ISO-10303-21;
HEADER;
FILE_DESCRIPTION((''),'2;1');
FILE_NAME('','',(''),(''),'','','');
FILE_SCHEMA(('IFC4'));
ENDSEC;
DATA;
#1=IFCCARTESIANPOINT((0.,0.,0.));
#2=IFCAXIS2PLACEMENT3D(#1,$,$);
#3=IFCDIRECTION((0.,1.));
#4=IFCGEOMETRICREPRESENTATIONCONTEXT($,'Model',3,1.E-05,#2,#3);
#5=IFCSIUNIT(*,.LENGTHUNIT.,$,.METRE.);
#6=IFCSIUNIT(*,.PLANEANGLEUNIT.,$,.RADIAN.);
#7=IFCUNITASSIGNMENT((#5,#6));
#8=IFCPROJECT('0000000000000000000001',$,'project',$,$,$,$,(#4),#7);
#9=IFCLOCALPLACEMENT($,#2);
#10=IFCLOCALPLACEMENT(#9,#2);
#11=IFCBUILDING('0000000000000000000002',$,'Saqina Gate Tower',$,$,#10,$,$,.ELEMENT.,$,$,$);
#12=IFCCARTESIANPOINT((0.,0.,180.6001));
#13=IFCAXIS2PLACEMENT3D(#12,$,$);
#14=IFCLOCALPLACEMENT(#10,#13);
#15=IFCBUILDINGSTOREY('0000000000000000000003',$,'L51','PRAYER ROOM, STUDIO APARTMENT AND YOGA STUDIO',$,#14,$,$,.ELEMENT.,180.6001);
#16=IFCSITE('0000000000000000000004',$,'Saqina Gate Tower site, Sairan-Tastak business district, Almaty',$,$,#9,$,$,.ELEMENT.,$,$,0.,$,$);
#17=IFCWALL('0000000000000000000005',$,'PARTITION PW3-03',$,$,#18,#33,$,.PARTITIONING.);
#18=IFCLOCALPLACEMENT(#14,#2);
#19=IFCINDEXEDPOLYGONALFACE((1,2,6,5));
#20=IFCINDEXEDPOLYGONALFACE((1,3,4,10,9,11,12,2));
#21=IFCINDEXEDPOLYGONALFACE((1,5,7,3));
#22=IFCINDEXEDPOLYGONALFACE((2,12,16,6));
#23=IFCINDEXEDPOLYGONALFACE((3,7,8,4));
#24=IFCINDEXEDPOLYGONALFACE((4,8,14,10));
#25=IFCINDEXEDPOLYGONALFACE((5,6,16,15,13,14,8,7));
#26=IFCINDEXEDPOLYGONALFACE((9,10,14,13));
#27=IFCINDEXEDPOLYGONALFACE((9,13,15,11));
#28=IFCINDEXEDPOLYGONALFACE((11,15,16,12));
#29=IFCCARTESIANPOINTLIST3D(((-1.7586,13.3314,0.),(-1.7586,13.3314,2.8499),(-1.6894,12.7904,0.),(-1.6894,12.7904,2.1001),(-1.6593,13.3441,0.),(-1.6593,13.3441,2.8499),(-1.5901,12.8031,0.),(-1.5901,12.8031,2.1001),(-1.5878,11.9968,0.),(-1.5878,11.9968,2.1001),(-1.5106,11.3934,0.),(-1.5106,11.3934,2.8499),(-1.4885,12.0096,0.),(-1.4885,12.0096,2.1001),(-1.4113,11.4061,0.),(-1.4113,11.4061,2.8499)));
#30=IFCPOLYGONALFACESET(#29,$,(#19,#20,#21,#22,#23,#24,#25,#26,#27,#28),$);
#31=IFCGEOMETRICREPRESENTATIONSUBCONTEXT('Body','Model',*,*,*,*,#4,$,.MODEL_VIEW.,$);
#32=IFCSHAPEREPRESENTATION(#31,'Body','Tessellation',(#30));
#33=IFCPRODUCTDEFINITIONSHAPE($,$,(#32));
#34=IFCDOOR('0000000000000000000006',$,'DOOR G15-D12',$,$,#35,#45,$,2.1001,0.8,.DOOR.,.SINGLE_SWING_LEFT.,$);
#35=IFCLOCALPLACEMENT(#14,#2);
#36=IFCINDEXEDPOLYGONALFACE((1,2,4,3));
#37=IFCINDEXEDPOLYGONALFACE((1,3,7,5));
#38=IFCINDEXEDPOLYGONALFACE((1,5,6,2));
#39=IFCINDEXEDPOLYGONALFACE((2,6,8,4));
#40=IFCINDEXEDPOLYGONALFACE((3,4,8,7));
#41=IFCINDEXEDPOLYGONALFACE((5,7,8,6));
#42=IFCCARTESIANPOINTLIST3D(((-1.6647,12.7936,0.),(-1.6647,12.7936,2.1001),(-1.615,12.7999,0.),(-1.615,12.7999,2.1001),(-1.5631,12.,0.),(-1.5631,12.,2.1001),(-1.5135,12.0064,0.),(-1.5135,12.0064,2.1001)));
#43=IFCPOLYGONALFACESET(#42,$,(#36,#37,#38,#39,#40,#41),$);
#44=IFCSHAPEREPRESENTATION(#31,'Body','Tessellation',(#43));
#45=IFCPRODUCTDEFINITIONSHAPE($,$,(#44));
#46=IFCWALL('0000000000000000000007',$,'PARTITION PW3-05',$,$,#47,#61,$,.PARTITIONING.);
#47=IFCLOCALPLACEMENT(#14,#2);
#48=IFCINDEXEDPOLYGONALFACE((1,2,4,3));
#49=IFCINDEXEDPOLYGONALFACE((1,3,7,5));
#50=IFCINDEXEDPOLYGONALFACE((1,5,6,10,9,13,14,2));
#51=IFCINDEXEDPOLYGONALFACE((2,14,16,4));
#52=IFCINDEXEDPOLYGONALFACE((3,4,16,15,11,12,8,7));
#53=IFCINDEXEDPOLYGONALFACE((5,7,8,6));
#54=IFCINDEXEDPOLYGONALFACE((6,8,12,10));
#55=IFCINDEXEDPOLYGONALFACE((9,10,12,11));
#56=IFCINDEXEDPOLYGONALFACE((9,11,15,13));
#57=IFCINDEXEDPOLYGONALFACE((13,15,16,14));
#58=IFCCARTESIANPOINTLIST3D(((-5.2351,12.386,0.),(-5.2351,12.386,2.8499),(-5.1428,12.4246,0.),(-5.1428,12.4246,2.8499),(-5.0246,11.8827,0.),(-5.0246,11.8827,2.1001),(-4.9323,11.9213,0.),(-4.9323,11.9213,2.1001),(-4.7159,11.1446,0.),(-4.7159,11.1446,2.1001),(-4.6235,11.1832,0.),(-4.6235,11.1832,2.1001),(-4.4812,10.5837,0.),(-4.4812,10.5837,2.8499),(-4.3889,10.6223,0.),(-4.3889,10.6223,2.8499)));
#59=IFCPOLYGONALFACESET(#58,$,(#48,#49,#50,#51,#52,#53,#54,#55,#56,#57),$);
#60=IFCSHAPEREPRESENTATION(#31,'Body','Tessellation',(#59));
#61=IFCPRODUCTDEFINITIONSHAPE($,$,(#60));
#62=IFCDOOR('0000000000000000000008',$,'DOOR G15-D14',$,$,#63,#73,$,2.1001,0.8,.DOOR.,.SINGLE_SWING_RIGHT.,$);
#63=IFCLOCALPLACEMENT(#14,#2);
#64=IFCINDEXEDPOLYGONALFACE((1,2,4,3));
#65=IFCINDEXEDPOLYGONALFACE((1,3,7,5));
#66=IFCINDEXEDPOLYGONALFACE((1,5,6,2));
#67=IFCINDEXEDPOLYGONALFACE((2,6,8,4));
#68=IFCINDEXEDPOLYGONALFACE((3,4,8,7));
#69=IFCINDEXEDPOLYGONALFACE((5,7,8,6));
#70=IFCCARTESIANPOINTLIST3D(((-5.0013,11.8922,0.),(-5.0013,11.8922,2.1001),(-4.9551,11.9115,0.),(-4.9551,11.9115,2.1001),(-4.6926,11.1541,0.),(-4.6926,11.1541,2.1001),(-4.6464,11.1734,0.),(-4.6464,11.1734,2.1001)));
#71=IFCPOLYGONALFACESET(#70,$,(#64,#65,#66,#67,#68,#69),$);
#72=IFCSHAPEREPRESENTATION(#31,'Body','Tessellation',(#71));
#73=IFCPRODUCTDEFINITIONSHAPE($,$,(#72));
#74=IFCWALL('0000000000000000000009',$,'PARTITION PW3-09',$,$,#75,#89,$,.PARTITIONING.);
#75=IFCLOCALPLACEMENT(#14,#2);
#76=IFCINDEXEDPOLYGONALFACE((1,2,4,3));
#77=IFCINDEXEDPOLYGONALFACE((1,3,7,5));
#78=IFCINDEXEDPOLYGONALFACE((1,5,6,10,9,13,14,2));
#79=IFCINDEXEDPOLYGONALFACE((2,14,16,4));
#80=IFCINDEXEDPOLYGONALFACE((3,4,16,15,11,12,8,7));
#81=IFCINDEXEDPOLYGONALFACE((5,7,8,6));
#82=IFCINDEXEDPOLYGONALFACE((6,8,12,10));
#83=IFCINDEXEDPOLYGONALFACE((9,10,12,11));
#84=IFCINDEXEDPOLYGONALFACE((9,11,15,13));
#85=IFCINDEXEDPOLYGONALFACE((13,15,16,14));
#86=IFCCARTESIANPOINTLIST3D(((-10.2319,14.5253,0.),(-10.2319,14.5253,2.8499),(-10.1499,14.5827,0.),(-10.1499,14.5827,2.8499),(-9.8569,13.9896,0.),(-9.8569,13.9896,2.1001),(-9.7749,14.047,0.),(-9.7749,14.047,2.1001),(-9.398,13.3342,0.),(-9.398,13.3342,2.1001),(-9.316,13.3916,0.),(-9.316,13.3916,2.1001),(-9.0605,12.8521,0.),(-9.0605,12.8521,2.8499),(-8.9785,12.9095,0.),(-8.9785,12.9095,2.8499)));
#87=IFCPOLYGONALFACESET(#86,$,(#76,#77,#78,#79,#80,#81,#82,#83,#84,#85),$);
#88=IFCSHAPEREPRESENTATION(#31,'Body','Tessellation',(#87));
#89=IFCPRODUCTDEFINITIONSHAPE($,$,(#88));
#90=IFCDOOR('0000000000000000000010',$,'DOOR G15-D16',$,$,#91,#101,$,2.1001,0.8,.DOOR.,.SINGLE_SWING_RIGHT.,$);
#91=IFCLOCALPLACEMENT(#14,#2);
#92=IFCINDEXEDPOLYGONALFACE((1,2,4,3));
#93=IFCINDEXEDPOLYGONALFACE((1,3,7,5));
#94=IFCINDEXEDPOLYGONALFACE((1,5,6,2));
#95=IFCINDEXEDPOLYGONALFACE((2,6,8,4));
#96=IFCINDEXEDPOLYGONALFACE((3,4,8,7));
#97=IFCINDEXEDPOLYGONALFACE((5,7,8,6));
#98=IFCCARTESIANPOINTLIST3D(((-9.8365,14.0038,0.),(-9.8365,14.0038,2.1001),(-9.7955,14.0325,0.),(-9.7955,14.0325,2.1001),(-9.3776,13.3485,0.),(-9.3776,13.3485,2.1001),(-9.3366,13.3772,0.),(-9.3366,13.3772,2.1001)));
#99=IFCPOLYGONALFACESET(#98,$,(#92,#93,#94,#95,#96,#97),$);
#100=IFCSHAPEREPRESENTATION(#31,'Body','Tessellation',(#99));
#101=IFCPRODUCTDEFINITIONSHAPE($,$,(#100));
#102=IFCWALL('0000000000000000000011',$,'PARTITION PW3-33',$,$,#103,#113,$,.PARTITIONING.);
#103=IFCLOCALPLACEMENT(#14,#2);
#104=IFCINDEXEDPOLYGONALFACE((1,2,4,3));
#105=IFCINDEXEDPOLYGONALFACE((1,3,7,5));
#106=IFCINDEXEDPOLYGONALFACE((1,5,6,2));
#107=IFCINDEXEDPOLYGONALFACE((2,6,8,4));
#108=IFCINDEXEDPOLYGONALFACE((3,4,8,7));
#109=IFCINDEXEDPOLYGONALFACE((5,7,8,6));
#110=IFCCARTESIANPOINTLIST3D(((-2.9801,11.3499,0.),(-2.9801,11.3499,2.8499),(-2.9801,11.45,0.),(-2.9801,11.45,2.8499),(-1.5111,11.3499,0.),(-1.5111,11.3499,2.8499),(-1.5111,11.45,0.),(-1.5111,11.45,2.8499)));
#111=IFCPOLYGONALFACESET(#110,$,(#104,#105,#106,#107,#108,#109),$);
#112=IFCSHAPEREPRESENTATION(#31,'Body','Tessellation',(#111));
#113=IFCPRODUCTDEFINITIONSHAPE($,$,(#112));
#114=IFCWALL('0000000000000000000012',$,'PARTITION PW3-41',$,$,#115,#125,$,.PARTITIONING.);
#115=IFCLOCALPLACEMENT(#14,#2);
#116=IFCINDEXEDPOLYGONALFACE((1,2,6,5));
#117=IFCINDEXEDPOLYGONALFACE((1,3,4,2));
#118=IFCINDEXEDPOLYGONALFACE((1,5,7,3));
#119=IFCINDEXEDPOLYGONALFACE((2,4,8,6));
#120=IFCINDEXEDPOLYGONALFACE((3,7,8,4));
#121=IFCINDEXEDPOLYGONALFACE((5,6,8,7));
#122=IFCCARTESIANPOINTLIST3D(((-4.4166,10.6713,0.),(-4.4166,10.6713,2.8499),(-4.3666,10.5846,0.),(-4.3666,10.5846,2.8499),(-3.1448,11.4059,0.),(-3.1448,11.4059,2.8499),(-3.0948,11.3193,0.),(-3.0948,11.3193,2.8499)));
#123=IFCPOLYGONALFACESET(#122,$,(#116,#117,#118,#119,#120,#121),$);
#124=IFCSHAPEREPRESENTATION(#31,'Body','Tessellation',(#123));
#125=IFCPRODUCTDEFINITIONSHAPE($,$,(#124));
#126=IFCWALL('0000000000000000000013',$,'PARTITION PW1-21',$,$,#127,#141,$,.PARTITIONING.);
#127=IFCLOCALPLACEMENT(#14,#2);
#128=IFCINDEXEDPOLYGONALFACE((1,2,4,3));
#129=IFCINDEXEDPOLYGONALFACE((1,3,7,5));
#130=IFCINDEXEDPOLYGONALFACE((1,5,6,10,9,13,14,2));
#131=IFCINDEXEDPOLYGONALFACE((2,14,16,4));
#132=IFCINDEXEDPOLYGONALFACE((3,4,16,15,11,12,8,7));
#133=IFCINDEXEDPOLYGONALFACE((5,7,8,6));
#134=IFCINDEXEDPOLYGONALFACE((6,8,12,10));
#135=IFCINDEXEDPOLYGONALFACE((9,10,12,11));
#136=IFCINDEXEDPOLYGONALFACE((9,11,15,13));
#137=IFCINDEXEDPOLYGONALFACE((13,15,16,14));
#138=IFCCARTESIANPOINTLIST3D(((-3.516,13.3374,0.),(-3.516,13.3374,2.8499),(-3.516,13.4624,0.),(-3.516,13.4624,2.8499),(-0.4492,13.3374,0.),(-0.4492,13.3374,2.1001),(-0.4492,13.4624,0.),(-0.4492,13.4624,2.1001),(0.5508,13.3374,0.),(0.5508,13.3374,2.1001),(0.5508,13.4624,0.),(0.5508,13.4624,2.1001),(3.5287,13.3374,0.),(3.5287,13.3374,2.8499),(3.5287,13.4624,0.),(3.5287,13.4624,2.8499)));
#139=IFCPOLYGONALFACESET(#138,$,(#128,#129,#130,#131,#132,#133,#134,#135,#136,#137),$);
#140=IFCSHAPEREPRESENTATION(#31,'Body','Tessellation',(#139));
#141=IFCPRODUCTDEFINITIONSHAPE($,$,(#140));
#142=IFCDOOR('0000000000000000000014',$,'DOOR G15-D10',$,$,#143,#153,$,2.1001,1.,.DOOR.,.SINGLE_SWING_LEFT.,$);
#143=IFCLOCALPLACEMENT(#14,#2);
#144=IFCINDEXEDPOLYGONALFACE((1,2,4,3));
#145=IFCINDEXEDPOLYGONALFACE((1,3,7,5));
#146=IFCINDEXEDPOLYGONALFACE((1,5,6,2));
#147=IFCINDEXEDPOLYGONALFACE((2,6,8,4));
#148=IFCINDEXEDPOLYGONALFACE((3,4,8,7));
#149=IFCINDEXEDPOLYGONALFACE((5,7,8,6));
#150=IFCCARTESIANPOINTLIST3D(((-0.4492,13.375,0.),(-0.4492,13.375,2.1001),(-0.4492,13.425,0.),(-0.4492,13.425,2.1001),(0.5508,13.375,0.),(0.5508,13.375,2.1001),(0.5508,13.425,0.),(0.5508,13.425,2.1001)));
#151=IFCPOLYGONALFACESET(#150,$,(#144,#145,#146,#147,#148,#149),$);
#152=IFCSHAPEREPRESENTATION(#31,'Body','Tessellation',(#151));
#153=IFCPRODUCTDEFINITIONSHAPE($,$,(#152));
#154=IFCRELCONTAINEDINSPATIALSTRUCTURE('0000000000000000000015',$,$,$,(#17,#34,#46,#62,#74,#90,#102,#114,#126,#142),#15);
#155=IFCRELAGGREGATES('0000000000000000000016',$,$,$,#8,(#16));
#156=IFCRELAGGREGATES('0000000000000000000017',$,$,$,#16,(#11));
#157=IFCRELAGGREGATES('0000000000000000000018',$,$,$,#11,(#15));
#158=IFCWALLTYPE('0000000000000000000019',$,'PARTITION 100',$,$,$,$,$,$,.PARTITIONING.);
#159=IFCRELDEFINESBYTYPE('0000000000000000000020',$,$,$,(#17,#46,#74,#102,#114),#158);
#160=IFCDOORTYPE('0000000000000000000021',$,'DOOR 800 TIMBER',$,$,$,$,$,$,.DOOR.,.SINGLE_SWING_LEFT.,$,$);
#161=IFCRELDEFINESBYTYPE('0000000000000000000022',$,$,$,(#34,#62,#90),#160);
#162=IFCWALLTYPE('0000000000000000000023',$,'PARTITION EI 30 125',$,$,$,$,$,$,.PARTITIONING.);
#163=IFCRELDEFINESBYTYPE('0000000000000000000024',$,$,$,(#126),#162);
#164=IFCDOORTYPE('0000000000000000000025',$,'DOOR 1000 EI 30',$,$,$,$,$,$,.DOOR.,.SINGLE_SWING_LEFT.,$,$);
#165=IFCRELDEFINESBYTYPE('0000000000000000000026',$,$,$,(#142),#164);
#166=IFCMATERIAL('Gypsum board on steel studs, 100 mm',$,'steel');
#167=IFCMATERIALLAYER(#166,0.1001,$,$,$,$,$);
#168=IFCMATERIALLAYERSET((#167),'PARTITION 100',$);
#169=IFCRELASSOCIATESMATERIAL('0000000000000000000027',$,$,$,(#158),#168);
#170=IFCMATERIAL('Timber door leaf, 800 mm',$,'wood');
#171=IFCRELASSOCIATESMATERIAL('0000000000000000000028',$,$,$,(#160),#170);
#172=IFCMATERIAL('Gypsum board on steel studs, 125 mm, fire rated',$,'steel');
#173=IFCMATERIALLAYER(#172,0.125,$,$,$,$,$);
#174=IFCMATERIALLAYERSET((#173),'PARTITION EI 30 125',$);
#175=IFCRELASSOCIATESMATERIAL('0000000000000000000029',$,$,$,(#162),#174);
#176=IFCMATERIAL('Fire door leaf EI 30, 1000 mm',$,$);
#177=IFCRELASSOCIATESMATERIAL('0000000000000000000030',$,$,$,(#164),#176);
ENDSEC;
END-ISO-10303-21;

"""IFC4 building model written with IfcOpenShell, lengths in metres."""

from ifc_helpers import new_model, si_unit, direction, frame, frame_2d, origin, place, context, subcontext, project, spatial, rectangle, extrude, material, layer, layer_set, type_object, element, fill, save


model = new_model("IFC4")

# Units and contexts
model_context = context("Model", 3, precision=1e-05, world=origin(), true_north=direction((0.0, 1.0)))
body_context = subcontext(model_context, "Body", "Model", "MODEL_VIEW")
ifc_project = project(units=[si_unit("LENGTHUNIT", "METRE"), si_unit("PLANEANGLEUNIT", "RADIAN")], contexts=[model_context])

# Site, building, storey
site_placement = place(None, origin())
site = spatial("IfcSite", under=ifc_project, at=site_placement, Name="Saqina Gate Tower site, Sairan-Tastak business district, Almaty", CompositionType="ELEMENT", RefElevation=0.0)
building_placement = place(site_placement, origin())
building = spatial("IfcBuilding", under=site, at=building_placement, Name="Saqina Gate Tower", CompositionType="ELEMENT")
storey_placement = place(building_placement, frame((0.0, 0.0, 180.6001)))
storey = spatial("IfcBuildingStorey", under=building, at=storey_placement, Name="L51", Description="PRAYER ROOM, STUDIO APARTMENT AND YOGA STUDIO", CompositionType="ELEMENT", Elevation=180.6001)

# Walls, openings, doors
ifc_material_1 = material(Name="Gypsum board on steel studs, 100 mm", Category="steel")
ifc_layer_1 = layer(ifc_material_1, 0.1001)
ifc_layer_set_1 = layer_set([ifc_layer_1], Name="PARTITION 100")
wall_type_1 = type_object("IfcWallType", Name="PARTITION 100", PredefinedType="PARTITIONING", material=ifc_layer_set_1)
wall_1_placement = place(storey_placement, frame((-1.709, 13.3379, 0.0), z_axis=(0.0, 0.0, 1.0), x_axis=(0.126956, -0.991908, 0.0)))
wall_1 = element("IfcWall", 1, at=wall_1_placement, inside=storey, type_object=wall_type_1, Name="PARTITION PW3-03", PredefinedType="PARTITIONING", context=body_context, shape_type="SweptSolid", body=[
    extrude(rectangle(XDim=1.9539, YDim=0.1001, at=frame_2d((0.9771, 0.0))), origin(), (0.0, 0.0, 1.0), 2.8499),
])
opening_1_placement = place(wall_1_placement, frame((0.5457, 0.0, 0.0)))
opening_1 = element("IfcOpeningElement", 2, at=opening_1_placement, cuts=wall_1, PredefinedType="OPENING", context=body_context, shape_type="SweptSolid", body=[
    extrude(rectangle(XDim=0.8, YDim=2.1001, at=frame_2d((0.3999, 1.05))), frame((0.0, 0.062, 0.0), z_axis=(0.0, -1.0, 0.0), x_axis=(1.0, 0.0, 0.0)), (0.0, 0.0, 1.0), 0.124),
])
ifc_material_2 = material(Name="Timber door leaf, 800 mm", Category="wood")
door_type_1 = type_object("IfcDoorType", Name="DOOR 800 TIMBER", OperationType="SINGLE_SWING_LEFT", PredefinedType="DOOR", material=ifc_material_2)
door_1_placement = place(opening_1_placement, origin())
door_1 = element("IfcDoor", 3, at=door_1_placement, inside=storey, type_object=door_type_1, Name="DOOR G15-D12", OperationType="SINGLE_SWING_LEFT", OverallHeight=2.1001, OverallWidth=0.8, PredefinedType="DOOR", context=body_context, shape_type="SweptSolid", body=[
    extrude(rectangle(XDim=0.8, YDim=2.1001, at=frame_2d((0.3999, 1.05))), frame((0.0, 0.0249, 0.0), z_axis=(0.0, -1.0, 0.0), x_axis=(1.0, 0.0, 0.0)), (0.0, 0.0, 1.0), 0.05),
])
fill(opening_1, door_1)
wall_2_placement = place(storey_placement, frame((-5.189, 12.4053, 0.0), z_axis=(0.0, 0.0, 1.0), x_axis=(0.385911, -0.922536, 0.0)))
wall_2 = element("IfcWall", 4, at=wall_2_placement, inside=storey, type_object=wall_type_1, Name="PARTITION PW3-05", PredefinedType="PARTITIONING", context=body_context, shape_type="SweptSolid", body=[
    extrude(rectangle(XDim=1.9536, YDim=0.1001, at=frame_2d((0.9768, 0.0))), origin(), (0.0, 0.0, 1.0), 2.8499),
])
opening_2_placement = place(wall_2_placement, frame((0.5457, 0.0, 0.0)))
opening_2 = element("IfcOpeningElement", 5, at=opening_2_placement, cuts=wall_2, PredefinedType="OPENING", context=body_context, shape_type="SweptSolid", body=[
    extrude(rectangle(XDim=0.8, YDim=2.1001, at=frame_2d((0.3999, 1.05))), frame((0.0, 0.062, 0.0), z_axis=(0.0, -1.0, 0.0), x_axis=(1.0, 0.0, 0.0)), (0.0, 0.0, 1.0), 0.124),
])
door_2_placement = place(opening_2_placement, frame((0.8, 0.0, 0.0), z_axis=(0.0, 0.0, 1.0), x_axis=(-1.0, 0.0, 0.0)))
door_2 = element("IfcDoor", 6, at=door_2_placement, inside=storey, type_object=door_type_1, Name="DOOR G15-D14", OperationType="SINGLE_SWING_RIGHT", OverallHeight=2.1001, OverallWidth=0.8, PredefinedType="DOOR", context=body_context, shape_type="SweptSolid", body=[
    extrude(rectangle(XDim=0.8, YDim=2.1001, at=frame_2d((0.3999, 1.05))), frame((0.0, 0.0249, 0.0), z_axis=(0.0, -1.0, 0.0), x_axis=(1.0, 0.0, 0.0)), (0.0, 0.0, 1.0), 0.05),
])
fill(opening_2, door_2)
wall_3_placement = place(storey_placement, frame((-10.1909, 14.554, 0.0), z_axis=(0.0, 0.0, 1.0), x_axis=(0.573535, -0.819181, 0.0)))
wall_3 = element("IfcWall", 7, at=wall_3_placement, inside=storey, type_object=wall_type_1, Name="PARTITION PW3-09", PredefinedType="PARTITIONING", context=body_context, shape_type="SweptSolid", body=[
    extrude(rectangle(XDim=2.0425, YDim=0.1001, at=frame_2d((1.0212, 0.0))), origin(), (0.0, 0.0, 1.0), 2.8499),
])
opening_3_placement = place(wall_3_placement, frame((0.6541, 0.0, 0.0)))
opening_3 = element("IfcOpeningElement", 8, at=opening_3_placement, cuts=wall_3, PredefinedType="OPENING", context=body_context, shape_type="SweptSolid", body=[
    extrude(rectangle(XDim=0.8, YDim=2.1001, at=frame_2d((0.3999, 1.05))), frame((0.0, 0.062, 0.0), z_axis=(0.0, -1.0, 0.0), x_axis=(1.0, 0.0, 0.0)), (0.0, 0.0, 1.0), 0.124),
])
door_3_placement = place(opening_3_placement, origin())
door_3 = element("IfcDoor", 9, at=door_3_placement, inside=storey, type_object=door_type_1, Name="DOOR G15-D16", OperationType="SINGLE_SWING_RIGHT", OverallHeight=2.1001, OverallWidth=0.8, PredefinedType="DOOR", context=body_context, shape_type="SweptSolid", body=[
    extrude(rectangle(XDim=0.8, YDim=2.1001, at=frame_2d((0.3999, 1.05))), frame((0.0, 0.0249, 0.0), z_axis=(0.0, -1.0, 0.0), x_axis=(1.0, 0.0, 0.0)), (0.0, 0.0, 1.0), 0.05),
])
fill(opening_3, door_3)

# Walls
wall_4_placement = place(storey_placement, frame((-2.98, 11.3999, 0.0), z_axis=(0.0, 0.0, 1.0), x_axis=(1.0, 0.0, 0.0)))
element("IfcWall", 10, at=wall_4_placement, inside=storey, type_object=wall_type_1, Name="PARTITION PW3-33", PredefinedType="PARTITIONING", context=body_context, shape_type="SweptSolid", body=[
    extrude(rectangle(XDim=1.469, YDim=0.1001, at=frame_2d((0.7344, 0.0))), origin(), (0.0, 0.0, 1.0), 2.8499),
])
wall_5_placement = place(storey_placement, frame((-4.3916, 10.6279, 0.0), z_axis=(0.0, 0.0, 1.0), x_axis=(0.865911, 0.500197, 0.0)))
element("IfcWall", 11, at=wall_5_placement, inside=storey, type_object=wall_type_1, Name="PARTITION PW3-41", PredefinedType="PARTITIONING", context=body_context, shape_type="SweptSolid", body=[
    extrude(rectangle(XDim=1.4688, YDim=0.1001, at=frame_2d((0.7344, 0.0))), origin(), (0.0, 0.0, 1.0), 2.8499),
])

# Wall, opening, door
ifc_material_3 = material(Name="Gypsum board on steel studs, 125 mm, fire rated", Category="steel")
ifc_layer_2 = layer(ifc_material_3, 0.125)
ifc_layer_set_2 = layer_set([ifc_layer_2], Name="PARTITION EI 30 125")
wall_type_2 = type_object("IfcWallType", Name="PARTITION EI 30 125", PredefinedType="PARTITIONING", material=ifc_layer_set_2)
wall_6_placement = place(storey_placement, frame((-3.5161, 13.3999, 0.0), z_axis=(0.0, 0.0, 1.0), x_axis=(1.0, 0.0, 0.0)))
wall_6 = element("IfcWall", 12, at=wall_6_placement, inside=storey, type_object=wall_type_2, Name="PARTITION PW1-21", PredefinedType="PARTITIONING", context=body_context, shape_type="SweptSolid", body=[
    extrude(rectangle(XDim=7.0447, YDim=0.125, at=frame_2d((3.5225, 0.0))), origin(), (0.0, 0.0, 1.0), 2.8499),
])
opening_4_placement = place(wall_6_placement, frame((3.0669, 0.0, 0.0)))
opening_4 = element("IfcOpeningElement", 13, at=opening_4_placement, cuts=wall_6, PredefinedType="OPENING", context=body_context, shape_type="SweptSolid", body=[
    extrude(rectangle(XDim=1.0, YDim=2.1001, at=frame_2d((0.5, 1.05))), frame((0.0, 0.0745, 0.0), z_axis=(0.0, -1.0, 0.0), x_axis=(1.0, 0.0, 0.0)), (0.0, 0.0, 1.0), 0.1489),
])
ifc_material_4 = material(Name="Fire door leaf EI 30, 1000 mm")
door_type_2 = type_object("IfcDoorType", Name="DOOR 1000 EI 30", OperationType="SINGLE_SWING_LEFT", PredefinedType="DOOR", material=ifc_material_4)
door_4_placement = place(opening_4_placement, frame((1.0, 0.0, 0.0), z_axis=(0.0, 0.0, 1.0), x_axis=(-1.0, 0.0, 0.0)))
door_4 = element("IfcDoor", 14, at=door_4_placement, inside=storey, type_object=door_type_2, Name="DOOR G15-D10", OperationType="SINGLE_SWING_LEFT", OverallHeight=2.1001, OverallWidth=1.0, PredefinedType="DOOR", context=body_context, shape_type="SweptSolid", body=[
    extrude(rectangle(XDim=1.0, YDim=2.1001, at=frame_2d((0.5, 1.05))), frame((0.0, 0.0249, 0.0), z_axis=(0.0, -1.0, 0.0), x_axis=(1.0, 0.0, 0.0)), (0.0, 0.0, 1.0), 0.05),
])
fill(opening_4, door_4)

save(model, "model.ifc")
